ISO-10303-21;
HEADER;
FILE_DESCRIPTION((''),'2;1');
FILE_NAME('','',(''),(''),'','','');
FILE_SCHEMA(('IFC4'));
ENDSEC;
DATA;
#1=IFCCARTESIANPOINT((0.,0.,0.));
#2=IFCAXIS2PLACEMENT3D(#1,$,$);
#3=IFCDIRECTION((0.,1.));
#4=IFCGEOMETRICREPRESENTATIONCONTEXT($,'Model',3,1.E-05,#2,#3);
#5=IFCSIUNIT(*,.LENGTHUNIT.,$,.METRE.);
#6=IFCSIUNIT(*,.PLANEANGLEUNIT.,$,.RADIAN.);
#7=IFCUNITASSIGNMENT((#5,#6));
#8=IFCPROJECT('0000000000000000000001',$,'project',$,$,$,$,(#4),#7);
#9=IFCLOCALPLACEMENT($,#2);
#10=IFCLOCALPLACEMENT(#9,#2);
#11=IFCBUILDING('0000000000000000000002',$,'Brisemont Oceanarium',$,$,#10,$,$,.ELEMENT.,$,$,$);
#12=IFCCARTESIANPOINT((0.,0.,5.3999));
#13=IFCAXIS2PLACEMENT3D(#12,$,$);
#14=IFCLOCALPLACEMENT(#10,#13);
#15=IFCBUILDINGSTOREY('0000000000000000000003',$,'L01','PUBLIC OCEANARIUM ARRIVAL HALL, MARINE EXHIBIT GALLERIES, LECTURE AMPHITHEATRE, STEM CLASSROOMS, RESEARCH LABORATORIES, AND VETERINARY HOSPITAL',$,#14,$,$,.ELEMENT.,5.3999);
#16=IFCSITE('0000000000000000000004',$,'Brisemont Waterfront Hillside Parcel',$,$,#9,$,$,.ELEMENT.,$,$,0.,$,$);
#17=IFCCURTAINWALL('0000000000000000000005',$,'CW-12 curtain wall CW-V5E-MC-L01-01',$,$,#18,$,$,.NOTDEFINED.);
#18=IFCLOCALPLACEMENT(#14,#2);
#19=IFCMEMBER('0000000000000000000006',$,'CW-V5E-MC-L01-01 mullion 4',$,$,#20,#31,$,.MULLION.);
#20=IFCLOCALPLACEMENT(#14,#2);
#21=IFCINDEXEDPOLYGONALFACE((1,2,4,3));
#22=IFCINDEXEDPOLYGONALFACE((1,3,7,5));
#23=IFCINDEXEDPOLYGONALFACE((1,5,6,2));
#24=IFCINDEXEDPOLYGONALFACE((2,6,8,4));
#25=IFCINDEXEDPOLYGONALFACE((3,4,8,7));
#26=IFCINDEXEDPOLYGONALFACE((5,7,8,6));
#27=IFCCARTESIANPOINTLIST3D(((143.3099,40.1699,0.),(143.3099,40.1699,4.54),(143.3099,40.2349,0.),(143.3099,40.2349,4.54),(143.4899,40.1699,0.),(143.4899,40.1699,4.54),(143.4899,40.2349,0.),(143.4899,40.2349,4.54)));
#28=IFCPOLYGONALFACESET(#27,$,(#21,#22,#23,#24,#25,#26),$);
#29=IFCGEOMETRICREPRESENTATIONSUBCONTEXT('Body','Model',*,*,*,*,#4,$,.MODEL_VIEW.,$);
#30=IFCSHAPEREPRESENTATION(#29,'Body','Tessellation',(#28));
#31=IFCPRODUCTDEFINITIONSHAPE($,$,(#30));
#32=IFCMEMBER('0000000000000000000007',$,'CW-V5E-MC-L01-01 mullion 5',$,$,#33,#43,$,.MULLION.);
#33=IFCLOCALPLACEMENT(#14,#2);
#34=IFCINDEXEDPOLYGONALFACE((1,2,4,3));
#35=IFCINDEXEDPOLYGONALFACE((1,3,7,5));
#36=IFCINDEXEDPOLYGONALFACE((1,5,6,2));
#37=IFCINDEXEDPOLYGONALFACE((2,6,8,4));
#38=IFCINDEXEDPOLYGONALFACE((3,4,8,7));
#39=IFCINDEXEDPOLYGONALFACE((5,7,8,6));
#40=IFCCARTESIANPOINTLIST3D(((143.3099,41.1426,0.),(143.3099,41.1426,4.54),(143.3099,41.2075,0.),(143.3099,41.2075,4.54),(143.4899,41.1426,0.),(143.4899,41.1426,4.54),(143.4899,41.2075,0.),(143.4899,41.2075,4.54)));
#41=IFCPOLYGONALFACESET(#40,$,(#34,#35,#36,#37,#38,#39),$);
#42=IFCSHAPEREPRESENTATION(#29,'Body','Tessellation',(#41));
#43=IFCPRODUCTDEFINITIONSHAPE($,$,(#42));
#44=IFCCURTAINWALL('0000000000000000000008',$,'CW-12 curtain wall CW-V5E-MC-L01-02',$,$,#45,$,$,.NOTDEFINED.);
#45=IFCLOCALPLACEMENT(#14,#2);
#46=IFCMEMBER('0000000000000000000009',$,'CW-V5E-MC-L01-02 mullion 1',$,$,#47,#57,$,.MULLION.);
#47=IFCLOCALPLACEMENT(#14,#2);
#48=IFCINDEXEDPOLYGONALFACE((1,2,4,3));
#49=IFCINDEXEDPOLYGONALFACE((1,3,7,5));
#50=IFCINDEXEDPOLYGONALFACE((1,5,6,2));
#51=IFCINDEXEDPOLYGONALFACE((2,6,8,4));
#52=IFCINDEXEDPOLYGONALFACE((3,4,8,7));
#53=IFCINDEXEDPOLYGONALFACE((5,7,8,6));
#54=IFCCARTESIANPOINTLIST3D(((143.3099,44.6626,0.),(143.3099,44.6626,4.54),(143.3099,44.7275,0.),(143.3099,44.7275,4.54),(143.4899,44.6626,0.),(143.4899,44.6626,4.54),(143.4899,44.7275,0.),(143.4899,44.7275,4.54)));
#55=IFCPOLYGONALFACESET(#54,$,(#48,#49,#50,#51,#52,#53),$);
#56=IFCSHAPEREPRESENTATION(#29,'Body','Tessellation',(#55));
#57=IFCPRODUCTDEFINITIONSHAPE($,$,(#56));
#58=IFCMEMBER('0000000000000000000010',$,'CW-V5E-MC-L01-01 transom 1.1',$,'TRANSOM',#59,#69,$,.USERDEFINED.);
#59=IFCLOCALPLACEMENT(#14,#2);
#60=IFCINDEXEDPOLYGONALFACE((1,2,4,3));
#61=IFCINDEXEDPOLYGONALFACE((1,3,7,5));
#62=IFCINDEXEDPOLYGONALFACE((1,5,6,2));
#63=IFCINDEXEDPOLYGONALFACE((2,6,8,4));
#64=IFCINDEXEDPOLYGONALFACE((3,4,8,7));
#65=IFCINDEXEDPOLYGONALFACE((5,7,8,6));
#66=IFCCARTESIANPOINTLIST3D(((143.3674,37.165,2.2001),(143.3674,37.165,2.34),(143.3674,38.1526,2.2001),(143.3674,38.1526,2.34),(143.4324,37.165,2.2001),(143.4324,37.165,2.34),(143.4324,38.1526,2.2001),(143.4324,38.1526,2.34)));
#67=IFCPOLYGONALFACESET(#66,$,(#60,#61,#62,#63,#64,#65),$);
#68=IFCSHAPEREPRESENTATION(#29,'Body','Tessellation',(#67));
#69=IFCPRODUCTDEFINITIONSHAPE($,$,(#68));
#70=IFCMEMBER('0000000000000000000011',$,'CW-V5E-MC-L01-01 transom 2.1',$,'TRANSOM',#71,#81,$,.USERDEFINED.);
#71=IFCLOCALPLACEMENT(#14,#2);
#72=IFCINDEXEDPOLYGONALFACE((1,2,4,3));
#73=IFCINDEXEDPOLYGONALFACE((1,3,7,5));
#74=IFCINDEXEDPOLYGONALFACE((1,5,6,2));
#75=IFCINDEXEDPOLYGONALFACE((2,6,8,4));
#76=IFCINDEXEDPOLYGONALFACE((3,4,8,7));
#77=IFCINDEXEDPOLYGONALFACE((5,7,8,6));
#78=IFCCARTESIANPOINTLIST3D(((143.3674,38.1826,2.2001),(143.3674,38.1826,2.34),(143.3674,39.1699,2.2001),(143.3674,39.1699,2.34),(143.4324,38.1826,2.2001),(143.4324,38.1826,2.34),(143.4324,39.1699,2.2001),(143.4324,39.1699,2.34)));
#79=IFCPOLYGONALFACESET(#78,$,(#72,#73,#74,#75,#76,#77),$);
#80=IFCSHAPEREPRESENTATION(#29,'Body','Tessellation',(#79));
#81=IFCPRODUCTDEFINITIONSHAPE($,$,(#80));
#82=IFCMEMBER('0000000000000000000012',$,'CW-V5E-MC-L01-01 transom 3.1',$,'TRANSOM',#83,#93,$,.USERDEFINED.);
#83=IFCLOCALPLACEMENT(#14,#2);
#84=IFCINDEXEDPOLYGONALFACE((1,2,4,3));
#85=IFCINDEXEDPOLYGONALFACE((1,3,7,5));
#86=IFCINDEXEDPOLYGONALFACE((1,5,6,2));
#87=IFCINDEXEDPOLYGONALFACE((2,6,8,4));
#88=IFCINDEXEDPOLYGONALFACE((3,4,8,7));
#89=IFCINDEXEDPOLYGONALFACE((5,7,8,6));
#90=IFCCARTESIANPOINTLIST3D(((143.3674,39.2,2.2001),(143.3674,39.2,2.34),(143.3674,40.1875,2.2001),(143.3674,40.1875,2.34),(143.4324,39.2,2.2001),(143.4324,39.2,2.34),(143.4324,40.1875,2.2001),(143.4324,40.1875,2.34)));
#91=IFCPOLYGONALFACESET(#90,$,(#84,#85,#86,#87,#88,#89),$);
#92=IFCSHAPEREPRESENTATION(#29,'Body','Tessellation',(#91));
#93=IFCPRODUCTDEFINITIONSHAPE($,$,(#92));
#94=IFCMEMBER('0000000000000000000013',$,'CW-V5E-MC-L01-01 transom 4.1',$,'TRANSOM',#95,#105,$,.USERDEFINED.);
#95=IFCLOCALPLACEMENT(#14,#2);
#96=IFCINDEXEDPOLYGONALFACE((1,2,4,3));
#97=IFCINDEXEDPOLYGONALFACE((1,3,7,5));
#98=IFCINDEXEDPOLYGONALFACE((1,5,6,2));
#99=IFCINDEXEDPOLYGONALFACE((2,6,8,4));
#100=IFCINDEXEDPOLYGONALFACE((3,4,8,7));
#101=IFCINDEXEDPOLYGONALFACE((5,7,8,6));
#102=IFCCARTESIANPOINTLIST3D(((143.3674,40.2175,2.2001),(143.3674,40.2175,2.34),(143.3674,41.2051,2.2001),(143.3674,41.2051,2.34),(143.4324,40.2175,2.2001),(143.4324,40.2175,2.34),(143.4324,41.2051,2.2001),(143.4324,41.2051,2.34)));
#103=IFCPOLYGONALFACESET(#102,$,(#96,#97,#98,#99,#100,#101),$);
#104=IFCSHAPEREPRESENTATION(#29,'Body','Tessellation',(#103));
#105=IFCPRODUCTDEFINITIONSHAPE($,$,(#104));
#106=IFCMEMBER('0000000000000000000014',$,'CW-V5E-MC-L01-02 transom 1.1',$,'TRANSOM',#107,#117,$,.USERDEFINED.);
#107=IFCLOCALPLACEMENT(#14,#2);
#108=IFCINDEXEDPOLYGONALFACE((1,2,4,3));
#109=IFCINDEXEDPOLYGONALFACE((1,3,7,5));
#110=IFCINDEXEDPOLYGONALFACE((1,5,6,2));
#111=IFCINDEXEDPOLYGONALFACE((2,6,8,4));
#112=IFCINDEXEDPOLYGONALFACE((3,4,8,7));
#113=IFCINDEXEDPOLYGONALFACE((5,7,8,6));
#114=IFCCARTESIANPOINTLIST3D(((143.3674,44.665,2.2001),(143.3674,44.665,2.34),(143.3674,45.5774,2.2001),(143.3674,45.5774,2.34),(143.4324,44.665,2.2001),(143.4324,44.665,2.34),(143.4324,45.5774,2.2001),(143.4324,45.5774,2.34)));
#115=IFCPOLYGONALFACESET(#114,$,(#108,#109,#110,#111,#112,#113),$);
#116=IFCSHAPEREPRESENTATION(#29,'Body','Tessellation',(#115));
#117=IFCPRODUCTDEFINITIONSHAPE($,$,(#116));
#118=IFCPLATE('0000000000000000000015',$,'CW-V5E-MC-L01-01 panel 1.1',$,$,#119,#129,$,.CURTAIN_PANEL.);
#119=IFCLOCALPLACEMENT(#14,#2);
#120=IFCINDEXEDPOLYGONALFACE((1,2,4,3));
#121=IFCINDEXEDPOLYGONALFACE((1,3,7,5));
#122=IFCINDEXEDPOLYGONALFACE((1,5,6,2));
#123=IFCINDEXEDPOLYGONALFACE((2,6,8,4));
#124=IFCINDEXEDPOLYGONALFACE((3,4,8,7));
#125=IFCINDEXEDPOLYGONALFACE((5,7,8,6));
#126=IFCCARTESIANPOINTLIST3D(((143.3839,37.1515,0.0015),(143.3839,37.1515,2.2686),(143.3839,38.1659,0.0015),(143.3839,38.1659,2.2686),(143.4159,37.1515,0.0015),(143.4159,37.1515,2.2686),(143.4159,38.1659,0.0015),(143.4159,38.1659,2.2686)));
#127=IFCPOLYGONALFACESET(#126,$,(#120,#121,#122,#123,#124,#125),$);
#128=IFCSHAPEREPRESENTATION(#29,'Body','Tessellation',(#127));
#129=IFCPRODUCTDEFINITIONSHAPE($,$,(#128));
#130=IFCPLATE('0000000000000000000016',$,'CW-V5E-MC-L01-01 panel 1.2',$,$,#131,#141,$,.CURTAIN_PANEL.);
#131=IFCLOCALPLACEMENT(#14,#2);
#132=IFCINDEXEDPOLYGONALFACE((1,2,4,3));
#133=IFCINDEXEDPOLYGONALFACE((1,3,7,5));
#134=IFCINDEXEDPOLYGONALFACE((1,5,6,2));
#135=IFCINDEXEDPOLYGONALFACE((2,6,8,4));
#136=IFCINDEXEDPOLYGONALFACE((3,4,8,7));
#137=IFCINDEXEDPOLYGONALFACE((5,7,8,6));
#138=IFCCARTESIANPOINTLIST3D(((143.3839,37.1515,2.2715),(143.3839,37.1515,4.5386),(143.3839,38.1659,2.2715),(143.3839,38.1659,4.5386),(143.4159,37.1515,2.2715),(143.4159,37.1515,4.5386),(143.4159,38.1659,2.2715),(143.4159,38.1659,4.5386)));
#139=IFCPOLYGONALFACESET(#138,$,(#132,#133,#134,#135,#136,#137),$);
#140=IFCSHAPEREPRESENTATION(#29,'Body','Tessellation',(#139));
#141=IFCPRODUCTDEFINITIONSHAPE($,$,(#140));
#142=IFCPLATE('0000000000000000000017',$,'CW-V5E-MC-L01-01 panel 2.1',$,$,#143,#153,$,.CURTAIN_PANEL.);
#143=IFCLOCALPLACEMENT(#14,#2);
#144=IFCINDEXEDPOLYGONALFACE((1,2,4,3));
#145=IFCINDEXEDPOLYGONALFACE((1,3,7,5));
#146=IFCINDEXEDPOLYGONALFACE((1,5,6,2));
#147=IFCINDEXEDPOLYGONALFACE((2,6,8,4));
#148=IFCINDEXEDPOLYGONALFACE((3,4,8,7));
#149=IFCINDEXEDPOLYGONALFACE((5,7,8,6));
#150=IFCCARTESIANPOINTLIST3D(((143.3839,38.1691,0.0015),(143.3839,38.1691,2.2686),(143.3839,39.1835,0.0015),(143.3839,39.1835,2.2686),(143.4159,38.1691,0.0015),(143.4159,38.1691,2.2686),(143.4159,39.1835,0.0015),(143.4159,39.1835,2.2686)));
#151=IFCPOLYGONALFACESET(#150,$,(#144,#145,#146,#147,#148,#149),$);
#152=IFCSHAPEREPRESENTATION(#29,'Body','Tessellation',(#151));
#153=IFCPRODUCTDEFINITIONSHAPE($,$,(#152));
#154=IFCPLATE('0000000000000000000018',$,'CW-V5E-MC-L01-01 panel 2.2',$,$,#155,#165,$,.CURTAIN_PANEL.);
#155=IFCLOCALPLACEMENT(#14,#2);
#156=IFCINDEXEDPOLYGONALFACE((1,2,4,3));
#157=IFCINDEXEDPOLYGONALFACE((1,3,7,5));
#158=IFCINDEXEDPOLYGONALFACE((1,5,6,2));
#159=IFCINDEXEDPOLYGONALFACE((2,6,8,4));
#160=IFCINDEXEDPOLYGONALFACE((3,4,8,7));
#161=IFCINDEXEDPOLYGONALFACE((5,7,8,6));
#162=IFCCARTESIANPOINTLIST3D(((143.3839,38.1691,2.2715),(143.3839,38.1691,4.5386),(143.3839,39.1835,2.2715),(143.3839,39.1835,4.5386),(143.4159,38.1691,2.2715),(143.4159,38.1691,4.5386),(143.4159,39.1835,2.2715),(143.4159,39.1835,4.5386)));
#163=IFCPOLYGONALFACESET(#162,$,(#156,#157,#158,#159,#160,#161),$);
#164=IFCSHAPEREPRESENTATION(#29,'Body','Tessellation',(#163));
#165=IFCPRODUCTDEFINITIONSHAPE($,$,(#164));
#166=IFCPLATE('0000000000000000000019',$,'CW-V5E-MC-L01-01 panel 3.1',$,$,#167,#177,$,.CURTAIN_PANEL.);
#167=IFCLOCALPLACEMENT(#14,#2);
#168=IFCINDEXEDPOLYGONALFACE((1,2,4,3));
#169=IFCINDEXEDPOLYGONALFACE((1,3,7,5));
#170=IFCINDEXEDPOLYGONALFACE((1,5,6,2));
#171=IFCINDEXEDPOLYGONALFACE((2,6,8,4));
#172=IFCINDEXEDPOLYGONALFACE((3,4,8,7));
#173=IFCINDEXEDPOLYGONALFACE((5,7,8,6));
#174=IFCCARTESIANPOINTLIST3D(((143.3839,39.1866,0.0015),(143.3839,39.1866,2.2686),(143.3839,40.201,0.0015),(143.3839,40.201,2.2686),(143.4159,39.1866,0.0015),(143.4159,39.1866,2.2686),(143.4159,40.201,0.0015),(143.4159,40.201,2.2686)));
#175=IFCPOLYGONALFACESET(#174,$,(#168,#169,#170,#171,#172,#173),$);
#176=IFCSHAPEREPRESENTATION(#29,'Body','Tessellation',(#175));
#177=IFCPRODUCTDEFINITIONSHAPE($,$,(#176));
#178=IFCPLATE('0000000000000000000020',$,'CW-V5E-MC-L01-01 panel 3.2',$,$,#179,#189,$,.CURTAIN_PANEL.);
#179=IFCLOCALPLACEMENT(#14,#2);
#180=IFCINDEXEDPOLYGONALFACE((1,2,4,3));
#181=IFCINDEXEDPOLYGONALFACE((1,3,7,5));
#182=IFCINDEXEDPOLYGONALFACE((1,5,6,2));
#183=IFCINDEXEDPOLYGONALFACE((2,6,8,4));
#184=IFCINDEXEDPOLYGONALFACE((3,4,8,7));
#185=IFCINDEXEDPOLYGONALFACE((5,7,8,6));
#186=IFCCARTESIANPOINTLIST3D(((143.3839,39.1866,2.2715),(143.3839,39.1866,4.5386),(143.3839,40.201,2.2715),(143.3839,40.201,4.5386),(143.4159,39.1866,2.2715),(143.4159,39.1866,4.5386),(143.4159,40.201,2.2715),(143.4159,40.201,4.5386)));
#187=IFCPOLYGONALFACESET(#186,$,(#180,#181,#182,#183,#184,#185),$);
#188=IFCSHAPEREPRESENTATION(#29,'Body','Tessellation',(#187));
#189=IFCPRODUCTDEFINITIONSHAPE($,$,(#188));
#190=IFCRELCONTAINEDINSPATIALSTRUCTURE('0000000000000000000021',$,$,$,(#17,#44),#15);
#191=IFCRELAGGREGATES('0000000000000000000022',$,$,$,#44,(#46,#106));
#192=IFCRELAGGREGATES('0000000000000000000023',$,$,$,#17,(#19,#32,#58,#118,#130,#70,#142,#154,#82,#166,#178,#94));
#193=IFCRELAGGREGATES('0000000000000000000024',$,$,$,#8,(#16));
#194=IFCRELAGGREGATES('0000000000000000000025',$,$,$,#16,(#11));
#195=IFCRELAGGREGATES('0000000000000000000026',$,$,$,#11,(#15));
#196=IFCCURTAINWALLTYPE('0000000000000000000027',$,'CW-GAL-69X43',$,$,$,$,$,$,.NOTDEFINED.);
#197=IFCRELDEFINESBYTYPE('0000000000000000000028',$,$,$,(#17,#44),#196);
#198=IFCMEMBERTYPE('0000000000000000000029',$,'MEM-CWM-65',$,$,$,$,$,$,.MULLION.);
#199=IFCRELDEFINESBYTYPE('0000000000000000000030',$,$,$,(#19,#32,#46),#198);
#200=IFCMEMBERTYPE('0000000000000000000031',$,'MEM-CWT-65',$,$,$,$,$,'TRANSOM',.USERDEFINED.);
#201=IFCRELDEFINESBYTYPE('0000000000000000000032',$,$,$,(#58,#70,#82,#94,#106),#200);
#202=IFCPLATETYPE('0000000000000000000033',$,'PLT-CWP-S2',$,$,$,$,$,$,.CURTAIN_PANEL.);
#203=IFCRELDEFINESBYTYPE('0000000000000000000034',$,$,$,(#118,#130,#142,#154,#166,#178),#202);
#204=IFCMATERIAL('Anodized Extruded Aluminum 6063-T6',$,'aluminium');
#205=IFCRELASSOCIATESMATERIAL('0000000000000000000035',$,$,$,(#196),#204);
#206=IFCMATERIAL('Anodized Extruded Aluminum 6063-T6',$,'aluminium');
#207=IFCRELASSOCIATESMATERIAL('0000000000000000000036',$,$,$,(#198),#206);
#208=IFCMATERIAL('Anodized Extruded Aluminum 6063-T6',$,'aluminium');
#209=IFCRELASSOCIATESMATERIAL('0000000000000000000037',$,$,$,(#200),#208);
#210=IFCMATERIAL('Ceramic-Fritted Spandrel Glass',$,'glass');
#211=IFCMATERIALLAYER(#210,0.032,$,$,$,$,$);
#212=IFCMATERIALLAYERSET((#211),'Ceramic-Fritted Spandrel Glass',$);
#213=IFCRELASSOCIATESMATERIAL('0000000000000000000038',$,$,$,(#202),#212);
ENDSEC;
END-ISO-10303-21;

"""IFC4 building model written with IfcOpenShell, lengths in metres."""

from ifc_helpers import new_model, si_unit, direction, frame, origin, origin_2d, place, context, subcontext, project, spatial, rectangle, extrude, material, layer, layer_set, material_profile, profile_set, type_object, element, aggregate, save


model = new_model("IFC4")

# Units and contexts
model_context = context("Model", 3, precision=1e-05, world=origin(), true_north=direction((0.0, 1.0)))
body_context = subcontext(model_context, "Body", "Model", "MODEL_VIEW")
ifc_project = project(units=[si_unit("LENGTHUNIT", "METRE"), si_unit("PLANEANGLEUNIT", "RADIAN")], contexts=[model_context])

# Site, building, storey
site_placement = place(None, origin())
site = spatial("IfcSite", under=ifc_project, at=site_placement, Name="Brisemont Waterfront Hillside Parcel", CompositionType="ELEMENT", RefElevation=0.0)
building_placement = place(site_placement, origin())
building = spatial("IfcBuilding", under=site, at=building_placement, Name="Brisemont Oceanarium", CompositionType="ELEMENT")
storey_placement = place(building_placement, frame((0.0, 0.0, 5.3999)))
storey = spatial("IfcBuildingStorey", under=building, at=storey_placement, Name="L01", Description="PUBLIC OCEANARIUM ARRIVAL HALL, MARINE EXHIBIT GALLERIES, LECTURE AMPHITHEATRE, STEM CLASSROOMS, RESEARCH LABORATORIES, AND VETERINARY HOSPITAL", CompositionType="ELEMENT", Elevation=5.3999)

# Curtain wall, members
ifc_material_1 = material(Name="Anodized Extruded Aluminum 6063-T6", Category="aluminium")
curtain_wall_type = type_object("IfcCurtainWallType", Name="CW-GAL-69X43", PredefinedType="NOTDEFINED", material=ifc_material_1)
curtain_wall_1_placement = place(storey_placement, origin())
curtain_wall_1 = element("IfcCurtainWall", 1, at=curtain_wall_1_placement, inside=storey, type_object=curtain_wall_type, Name="CW-12 curtain wall CW-V5E-MC-L01-01", PredefinedType="NOTDEFINED")
ifc_material_2 = material(Name="Anodized Extruded Aluminum 6063-T6", Category="aluminium")
ifc_material_profile_1 = material_profile(ifc_material_2, rectangle(XDim=0.0649, YDim=0.1799, at=origin_2d()), Name="CWM-65X180")
ifc_profile_set_1 = profile_set([ifc_material_profile_1], Name="Anodized Extruded Aluminum 6063-T6")
member_type_1 = type_object("IfcMemberType", Name="MEM-CWM-65", PredefinedType="MULLION", material=ifc_profile_set_1)
member_1_placement = place(storey_placement, frame((143.3999, 40.2024, 0.0), z_axis=(0.0, 0.0, 1.0), x_axis=(0.0, 1.0, 0.0)))
member_1 = element("IfcMember", 2, at=member_1_placement, type_object=member_type_1, Name="CW-V5E-MC-L01-01 mullion 4", PredefinedType="MULLION", context=body_context, shape_type="SweptSolid", body=[
    extrude(rectangle(XDim=0.0649, YDim=0.1799, at=origin_2d()), origin(), (0.0, 0.0, 1.0), 4.54),
])
member_2_placement = place(storey_placement, frame((143.3999, 41.175, 0.0), z_axis=(0.0, 0.0, 1.0), x_axis=(0.0, 1.0, 0.0)))
member_2 = element("IfcMember", 3, at=member_2_placement, type_object=member_type_1, Name="CW-V5E-MC-L01-01 mullion 5", PredefinedType="MULLION", context=body_context, shape_type="SweptSolid", body=[
    extrude(rectangle(XDim=0.0649, YDim=0.1799, at=origin_2d()), origin(), (0.0, 0.0, 1.0), 4.54),
])

# Curtain wall, member
curtain_wall_2_placement = place(storey_placement, origin())
curtain_wall_2 = element("IfcCurtainWall", 4, at=curtain_wall_2_placement, inside=storey, type_object=curtain_wall_type, Name="CW-12 curtain wall CW-V5E-MC-L01-02", PredefinedType="NOTDEFINED")
member_3_placement = place(storey_placement, frame((143.3999, 44.6951, 0.0), z_axis=(0.0, 0.0, 1.0), x_axis=(0.0, 1.0, 0.0)))
member_3 = element("IfcMember", 5, at=member_3_placement, type_object=member_type_1, Name="CW-V5E-MC-L01-02 mullion 1", PredefinedType="MULLION", context=body_context, shape_type="SweptSolid", body=[
    extrude(rectangle(XDim=0.0649, YDim=0.1799, at=origin_2d()), origin(), (0.0, 0.0, 1.0), 4.54),
])

# Members
ifc_material_3 = material(Name="Anodized Extruded Aluminum 6063-T6", Category="aluminium")
ifc_material_profile_2 = material_profile(ifc_material_3, rectangle(XDim=0.0649, YDim=0.1399, at=origin_2d()), Name="CWT-65X140")
ifc_profile_set_2 = profile_set([ifc_material_profile_2], Name="Anodized Extruded Aluminum 6063-T6")
member_type_2 = type_object("IfcMemberType", Name="MEM-CWT-65", ElementType="TRANSOM", PredefinedType="USERDEFINED", material=ifc_profile_set_2)
member_4_placement = place(storey_placement, frame((143.3999, 37.165, 2.27), z_axis=(0.0, 1.0, 0.0), x_axis=(-1.0, 0.0, 0.0)))
member_4 = element("IfcMember", 6, at=member_4_placement, type_object=member_type_2, Name="CW-V5E-MC-L01-01 transom 1.1", ObjectType="TRANSOM", PredefinedType="USERDEFINED", context=body_context, shape_type="SweptSolid", body=[
    extrude(rectangle(XDim=0.0649, YDim=0.1399, at=origin_2d()), origin(), (0.0, 0.0, 1.0), 0.9875),
])
member_5_placement = place(storey_placement, frame((143.3999, 38.1826, 2.27), z_axis=(0.0, 1.0, 0.0), x_axis=(-1.0, 0.0, 0.0)))
member_5 = element("IfcMember", 7, at=member_5_placement, type_object=member_type_2, Name="CW-V5E-MC-L01-01 transom 2.1", ObjectType="TRANSOM", PredefinedType="USERDEFINED", context=body_context, shape_type="SweptSolid", body=[
    extrude(rectangle(XDim=0.0649, YDim=0.1399, at=origin_2d()), origin(), (0.0, 0.0, 1.0), 0.9873),
])
member_6_placement = place(storey_placement, frame((143.3999, 39.2, 2.27), z_axis=(0.0, 1.0, 0.0), x_axis=(-1.0, 0.0, 0.0)))
member_6 = element("IfcMember", 8, at=member_6_placement, type_object=member_type_2, Name="CW-V5E-MC-L01-01 transom 3.1", ObjectType="TRANSOM", PredefinedType="USERDEFINED", context=body_context, shape_type="SweptSolid", body=[
    extrude(rectangle(XDim=0.0649, YDim=0.1399, at=origin_2d()), origin(), (0.0, 0.0, 1.0), 0.9875),
])
member_7_placement = place(storey_placement, frame((143.3999, 40.2175, 2.27), z_axis=(0.0, 1.0, 0.0), x_axis=(-1.0, 0.0, 0.0)))
member_7 = element("IfcMember", 9, at=member_7_placement, type_object=member_type_2, Name="CW-V5E-MC-L01-01 transom 4.1", ObjectType="TRANSOM", PredefinedType="USERDEFINED", context=body_context, shape_type="SweptSolid", body=[
    extrude(rectangle(XDim=0.0649, YDim=0.1399, at=origin_2d()), origin(), (0.0, 0.0, 1.0), 0.9875),
])
member_8_placement = place(storey_placement, frame((143.3999, 44.665, 2.27), z_axis=(0.0, 1.0, 0.0), x_axis=(-1.0, 0.0, 0.0)))
member_8 = element("IfcMember", 10, at=member_8_placement, type_object=member_type_2, Name="CW-V5E-MC-L01-02 transom 1.1", ObjectType="TRANSOM", PredefinedType="USERDEFINED", context=body_context, shape_type="SweptSolid", body=[
    extrude(rectangle(XDim=0.0649, YDim=0.1399, at=origin_2d()), origin(), (0.0, 0.0, 1.0), 0.9124),
])
aggregate(curtain_wall_2, [member_3, member_8])

# Plates
ifc_material_4 = material(Name="Ceramic-Fritted Spandrel Glass", Category="glass")
ifc_layer = layer(ifc_material_4, 0.032)
ifc_layer_set = layer_set([ifc_layer], Name="Ceramic-Fritted Spandrel Glass")
plate_type = type_object("IfcPlateType", Name="PLT-CWP-S2", PredefinedType="CURTAIN_PANEL", material=ifc_layer_set)
plate_1_placement = place(storey_placement, frame((143.3999, 37.6587, 0.0015), z_axis=(0.0, 0.0, 1.0), x_axis=(0.0, 1.0, 0.0)))
plate_1 = element("IfcPlate", 11, at=plate_1_placement, type_object=plate_type, Name="CW-V5E-MC-L01-01 panel 1.1", PredefinedType="CURTAIN_PANEL", context=body_context, shape_type="SweptSolid", body=[
    extrude(rectangle(XDim=1.0144, YDim=0.032, at=origin_2d()), origin(), (0.0, 0.0, 1.0), 2.2671),
])
plate_2_placement = place(storey_placement, frame((143.3999, 37.6587, 2.2715), z_axis=(0.0, 0.0, 1.0), x_axis=(0.0, 1.0, 0.0)))
plate_2 = element("IfcPlate", 12, at=plate_2_placement, type_object=plate_type, Name="CW-V5E-MC-L01-01 panel 1.2", PredefinedType="CURTAIN_PANEL", context=body_context, shape_type="SweptSolid", body=[
    extrude(rectangle(XDim=1.0144, YDim=0.032, at=origin_2d()), origin(), (0.0, 0.0, 1.0), 2.2671),
])
plate_3_placement = place(storey_placement, frame((143.3999, 38.6763, 0.0015), z_axis=(0.0, 0.0, 1.0), x_axis=(0.0, 1.0, 0.0)))
plate_3 = element("IfcPlate", 13, at=plate_3_placement, type_object=plate_type, Name="CW-V5E-MC-L01-01 panel 2.1", PredefinedType="CURTAIN_PANEL", context=body_context, shape_type="SweptSolid", body=[
    extrude(rectangle(XDim=1.0144, YDim=0.032, at=origin_2d()), origin(), (0.0, 0.0, 1.0), 2.2671),
])
plate_4_placement = place(storey_placement, frame((143.3999, 38.6763, 2.2715), z_axis=(0.0, 0.0, 1.0), x_axis=(0.0, 1.0, 0.0)))
plate_4 = element("IfcPlate", 14, at=plate_4_placement, type_object=plate_type, Name="CW-V5E-MC-L01-01 panel 2.2", PredefinedType="CURTAIN_PANEL", context=body_context, shape_type="SweptSolid", body=[
    extrude(rectangle(XDim=1.0144, YDim=0.032, at=origin_2d()), origin(), (0.0, 0.0, 1.0), 2.2671),
])
plate_5_placement = place(storey_placement, frame((143.3999, 39.6938, 0.0015), z_axis=(0.0, 0.0, 1.0), x_axis=(0.0, 1.0, 0.0)))
plate_5 = element("IfcPlate", 15, at=plate_5_placement, type_object=plate_type, Name="CW-V5E-MC-L01-01 panel 3.1", PredefinedType="CURTAIN_PANEL", context=body_context, shape_type="SweptSolid", body=[
    extrude(rectangle(XDim=1.0144, YDim=0.032, at=origin_2d()), origin(), (0.0, 0.0, 1.0), 2.2671),
])
plate_6_placement = place(storey_placement, frame((143.3999, 39.6938, 2.2715), z_axis=(0.0, 0.0, 1.0), x_axis=(0.0, 1.0, 0.0)))
plate_6 = element("IfcPlate", 16, at=plate_6_placement, type_object=plate_type, Name="CW-V5E-MC-L01-01 panel 3.2", PredefinedType="CURTAIN_PANEL", context=body_context, shape_type="SweptSolid", body=[
    extrude(rectangle(XDim=1.0144, YDim=0.032, at=origin_2d()), origin(), (0.0, 0.0, 1.0), 2.2671),
])
aggregate(curtain_wall_1, [member_1, member_2, member_4, plate_1, plate_2, member_5, plate_3, plate_4, member_6, plate_5, plate_6, member_7])

save(model, "model.ifc")
